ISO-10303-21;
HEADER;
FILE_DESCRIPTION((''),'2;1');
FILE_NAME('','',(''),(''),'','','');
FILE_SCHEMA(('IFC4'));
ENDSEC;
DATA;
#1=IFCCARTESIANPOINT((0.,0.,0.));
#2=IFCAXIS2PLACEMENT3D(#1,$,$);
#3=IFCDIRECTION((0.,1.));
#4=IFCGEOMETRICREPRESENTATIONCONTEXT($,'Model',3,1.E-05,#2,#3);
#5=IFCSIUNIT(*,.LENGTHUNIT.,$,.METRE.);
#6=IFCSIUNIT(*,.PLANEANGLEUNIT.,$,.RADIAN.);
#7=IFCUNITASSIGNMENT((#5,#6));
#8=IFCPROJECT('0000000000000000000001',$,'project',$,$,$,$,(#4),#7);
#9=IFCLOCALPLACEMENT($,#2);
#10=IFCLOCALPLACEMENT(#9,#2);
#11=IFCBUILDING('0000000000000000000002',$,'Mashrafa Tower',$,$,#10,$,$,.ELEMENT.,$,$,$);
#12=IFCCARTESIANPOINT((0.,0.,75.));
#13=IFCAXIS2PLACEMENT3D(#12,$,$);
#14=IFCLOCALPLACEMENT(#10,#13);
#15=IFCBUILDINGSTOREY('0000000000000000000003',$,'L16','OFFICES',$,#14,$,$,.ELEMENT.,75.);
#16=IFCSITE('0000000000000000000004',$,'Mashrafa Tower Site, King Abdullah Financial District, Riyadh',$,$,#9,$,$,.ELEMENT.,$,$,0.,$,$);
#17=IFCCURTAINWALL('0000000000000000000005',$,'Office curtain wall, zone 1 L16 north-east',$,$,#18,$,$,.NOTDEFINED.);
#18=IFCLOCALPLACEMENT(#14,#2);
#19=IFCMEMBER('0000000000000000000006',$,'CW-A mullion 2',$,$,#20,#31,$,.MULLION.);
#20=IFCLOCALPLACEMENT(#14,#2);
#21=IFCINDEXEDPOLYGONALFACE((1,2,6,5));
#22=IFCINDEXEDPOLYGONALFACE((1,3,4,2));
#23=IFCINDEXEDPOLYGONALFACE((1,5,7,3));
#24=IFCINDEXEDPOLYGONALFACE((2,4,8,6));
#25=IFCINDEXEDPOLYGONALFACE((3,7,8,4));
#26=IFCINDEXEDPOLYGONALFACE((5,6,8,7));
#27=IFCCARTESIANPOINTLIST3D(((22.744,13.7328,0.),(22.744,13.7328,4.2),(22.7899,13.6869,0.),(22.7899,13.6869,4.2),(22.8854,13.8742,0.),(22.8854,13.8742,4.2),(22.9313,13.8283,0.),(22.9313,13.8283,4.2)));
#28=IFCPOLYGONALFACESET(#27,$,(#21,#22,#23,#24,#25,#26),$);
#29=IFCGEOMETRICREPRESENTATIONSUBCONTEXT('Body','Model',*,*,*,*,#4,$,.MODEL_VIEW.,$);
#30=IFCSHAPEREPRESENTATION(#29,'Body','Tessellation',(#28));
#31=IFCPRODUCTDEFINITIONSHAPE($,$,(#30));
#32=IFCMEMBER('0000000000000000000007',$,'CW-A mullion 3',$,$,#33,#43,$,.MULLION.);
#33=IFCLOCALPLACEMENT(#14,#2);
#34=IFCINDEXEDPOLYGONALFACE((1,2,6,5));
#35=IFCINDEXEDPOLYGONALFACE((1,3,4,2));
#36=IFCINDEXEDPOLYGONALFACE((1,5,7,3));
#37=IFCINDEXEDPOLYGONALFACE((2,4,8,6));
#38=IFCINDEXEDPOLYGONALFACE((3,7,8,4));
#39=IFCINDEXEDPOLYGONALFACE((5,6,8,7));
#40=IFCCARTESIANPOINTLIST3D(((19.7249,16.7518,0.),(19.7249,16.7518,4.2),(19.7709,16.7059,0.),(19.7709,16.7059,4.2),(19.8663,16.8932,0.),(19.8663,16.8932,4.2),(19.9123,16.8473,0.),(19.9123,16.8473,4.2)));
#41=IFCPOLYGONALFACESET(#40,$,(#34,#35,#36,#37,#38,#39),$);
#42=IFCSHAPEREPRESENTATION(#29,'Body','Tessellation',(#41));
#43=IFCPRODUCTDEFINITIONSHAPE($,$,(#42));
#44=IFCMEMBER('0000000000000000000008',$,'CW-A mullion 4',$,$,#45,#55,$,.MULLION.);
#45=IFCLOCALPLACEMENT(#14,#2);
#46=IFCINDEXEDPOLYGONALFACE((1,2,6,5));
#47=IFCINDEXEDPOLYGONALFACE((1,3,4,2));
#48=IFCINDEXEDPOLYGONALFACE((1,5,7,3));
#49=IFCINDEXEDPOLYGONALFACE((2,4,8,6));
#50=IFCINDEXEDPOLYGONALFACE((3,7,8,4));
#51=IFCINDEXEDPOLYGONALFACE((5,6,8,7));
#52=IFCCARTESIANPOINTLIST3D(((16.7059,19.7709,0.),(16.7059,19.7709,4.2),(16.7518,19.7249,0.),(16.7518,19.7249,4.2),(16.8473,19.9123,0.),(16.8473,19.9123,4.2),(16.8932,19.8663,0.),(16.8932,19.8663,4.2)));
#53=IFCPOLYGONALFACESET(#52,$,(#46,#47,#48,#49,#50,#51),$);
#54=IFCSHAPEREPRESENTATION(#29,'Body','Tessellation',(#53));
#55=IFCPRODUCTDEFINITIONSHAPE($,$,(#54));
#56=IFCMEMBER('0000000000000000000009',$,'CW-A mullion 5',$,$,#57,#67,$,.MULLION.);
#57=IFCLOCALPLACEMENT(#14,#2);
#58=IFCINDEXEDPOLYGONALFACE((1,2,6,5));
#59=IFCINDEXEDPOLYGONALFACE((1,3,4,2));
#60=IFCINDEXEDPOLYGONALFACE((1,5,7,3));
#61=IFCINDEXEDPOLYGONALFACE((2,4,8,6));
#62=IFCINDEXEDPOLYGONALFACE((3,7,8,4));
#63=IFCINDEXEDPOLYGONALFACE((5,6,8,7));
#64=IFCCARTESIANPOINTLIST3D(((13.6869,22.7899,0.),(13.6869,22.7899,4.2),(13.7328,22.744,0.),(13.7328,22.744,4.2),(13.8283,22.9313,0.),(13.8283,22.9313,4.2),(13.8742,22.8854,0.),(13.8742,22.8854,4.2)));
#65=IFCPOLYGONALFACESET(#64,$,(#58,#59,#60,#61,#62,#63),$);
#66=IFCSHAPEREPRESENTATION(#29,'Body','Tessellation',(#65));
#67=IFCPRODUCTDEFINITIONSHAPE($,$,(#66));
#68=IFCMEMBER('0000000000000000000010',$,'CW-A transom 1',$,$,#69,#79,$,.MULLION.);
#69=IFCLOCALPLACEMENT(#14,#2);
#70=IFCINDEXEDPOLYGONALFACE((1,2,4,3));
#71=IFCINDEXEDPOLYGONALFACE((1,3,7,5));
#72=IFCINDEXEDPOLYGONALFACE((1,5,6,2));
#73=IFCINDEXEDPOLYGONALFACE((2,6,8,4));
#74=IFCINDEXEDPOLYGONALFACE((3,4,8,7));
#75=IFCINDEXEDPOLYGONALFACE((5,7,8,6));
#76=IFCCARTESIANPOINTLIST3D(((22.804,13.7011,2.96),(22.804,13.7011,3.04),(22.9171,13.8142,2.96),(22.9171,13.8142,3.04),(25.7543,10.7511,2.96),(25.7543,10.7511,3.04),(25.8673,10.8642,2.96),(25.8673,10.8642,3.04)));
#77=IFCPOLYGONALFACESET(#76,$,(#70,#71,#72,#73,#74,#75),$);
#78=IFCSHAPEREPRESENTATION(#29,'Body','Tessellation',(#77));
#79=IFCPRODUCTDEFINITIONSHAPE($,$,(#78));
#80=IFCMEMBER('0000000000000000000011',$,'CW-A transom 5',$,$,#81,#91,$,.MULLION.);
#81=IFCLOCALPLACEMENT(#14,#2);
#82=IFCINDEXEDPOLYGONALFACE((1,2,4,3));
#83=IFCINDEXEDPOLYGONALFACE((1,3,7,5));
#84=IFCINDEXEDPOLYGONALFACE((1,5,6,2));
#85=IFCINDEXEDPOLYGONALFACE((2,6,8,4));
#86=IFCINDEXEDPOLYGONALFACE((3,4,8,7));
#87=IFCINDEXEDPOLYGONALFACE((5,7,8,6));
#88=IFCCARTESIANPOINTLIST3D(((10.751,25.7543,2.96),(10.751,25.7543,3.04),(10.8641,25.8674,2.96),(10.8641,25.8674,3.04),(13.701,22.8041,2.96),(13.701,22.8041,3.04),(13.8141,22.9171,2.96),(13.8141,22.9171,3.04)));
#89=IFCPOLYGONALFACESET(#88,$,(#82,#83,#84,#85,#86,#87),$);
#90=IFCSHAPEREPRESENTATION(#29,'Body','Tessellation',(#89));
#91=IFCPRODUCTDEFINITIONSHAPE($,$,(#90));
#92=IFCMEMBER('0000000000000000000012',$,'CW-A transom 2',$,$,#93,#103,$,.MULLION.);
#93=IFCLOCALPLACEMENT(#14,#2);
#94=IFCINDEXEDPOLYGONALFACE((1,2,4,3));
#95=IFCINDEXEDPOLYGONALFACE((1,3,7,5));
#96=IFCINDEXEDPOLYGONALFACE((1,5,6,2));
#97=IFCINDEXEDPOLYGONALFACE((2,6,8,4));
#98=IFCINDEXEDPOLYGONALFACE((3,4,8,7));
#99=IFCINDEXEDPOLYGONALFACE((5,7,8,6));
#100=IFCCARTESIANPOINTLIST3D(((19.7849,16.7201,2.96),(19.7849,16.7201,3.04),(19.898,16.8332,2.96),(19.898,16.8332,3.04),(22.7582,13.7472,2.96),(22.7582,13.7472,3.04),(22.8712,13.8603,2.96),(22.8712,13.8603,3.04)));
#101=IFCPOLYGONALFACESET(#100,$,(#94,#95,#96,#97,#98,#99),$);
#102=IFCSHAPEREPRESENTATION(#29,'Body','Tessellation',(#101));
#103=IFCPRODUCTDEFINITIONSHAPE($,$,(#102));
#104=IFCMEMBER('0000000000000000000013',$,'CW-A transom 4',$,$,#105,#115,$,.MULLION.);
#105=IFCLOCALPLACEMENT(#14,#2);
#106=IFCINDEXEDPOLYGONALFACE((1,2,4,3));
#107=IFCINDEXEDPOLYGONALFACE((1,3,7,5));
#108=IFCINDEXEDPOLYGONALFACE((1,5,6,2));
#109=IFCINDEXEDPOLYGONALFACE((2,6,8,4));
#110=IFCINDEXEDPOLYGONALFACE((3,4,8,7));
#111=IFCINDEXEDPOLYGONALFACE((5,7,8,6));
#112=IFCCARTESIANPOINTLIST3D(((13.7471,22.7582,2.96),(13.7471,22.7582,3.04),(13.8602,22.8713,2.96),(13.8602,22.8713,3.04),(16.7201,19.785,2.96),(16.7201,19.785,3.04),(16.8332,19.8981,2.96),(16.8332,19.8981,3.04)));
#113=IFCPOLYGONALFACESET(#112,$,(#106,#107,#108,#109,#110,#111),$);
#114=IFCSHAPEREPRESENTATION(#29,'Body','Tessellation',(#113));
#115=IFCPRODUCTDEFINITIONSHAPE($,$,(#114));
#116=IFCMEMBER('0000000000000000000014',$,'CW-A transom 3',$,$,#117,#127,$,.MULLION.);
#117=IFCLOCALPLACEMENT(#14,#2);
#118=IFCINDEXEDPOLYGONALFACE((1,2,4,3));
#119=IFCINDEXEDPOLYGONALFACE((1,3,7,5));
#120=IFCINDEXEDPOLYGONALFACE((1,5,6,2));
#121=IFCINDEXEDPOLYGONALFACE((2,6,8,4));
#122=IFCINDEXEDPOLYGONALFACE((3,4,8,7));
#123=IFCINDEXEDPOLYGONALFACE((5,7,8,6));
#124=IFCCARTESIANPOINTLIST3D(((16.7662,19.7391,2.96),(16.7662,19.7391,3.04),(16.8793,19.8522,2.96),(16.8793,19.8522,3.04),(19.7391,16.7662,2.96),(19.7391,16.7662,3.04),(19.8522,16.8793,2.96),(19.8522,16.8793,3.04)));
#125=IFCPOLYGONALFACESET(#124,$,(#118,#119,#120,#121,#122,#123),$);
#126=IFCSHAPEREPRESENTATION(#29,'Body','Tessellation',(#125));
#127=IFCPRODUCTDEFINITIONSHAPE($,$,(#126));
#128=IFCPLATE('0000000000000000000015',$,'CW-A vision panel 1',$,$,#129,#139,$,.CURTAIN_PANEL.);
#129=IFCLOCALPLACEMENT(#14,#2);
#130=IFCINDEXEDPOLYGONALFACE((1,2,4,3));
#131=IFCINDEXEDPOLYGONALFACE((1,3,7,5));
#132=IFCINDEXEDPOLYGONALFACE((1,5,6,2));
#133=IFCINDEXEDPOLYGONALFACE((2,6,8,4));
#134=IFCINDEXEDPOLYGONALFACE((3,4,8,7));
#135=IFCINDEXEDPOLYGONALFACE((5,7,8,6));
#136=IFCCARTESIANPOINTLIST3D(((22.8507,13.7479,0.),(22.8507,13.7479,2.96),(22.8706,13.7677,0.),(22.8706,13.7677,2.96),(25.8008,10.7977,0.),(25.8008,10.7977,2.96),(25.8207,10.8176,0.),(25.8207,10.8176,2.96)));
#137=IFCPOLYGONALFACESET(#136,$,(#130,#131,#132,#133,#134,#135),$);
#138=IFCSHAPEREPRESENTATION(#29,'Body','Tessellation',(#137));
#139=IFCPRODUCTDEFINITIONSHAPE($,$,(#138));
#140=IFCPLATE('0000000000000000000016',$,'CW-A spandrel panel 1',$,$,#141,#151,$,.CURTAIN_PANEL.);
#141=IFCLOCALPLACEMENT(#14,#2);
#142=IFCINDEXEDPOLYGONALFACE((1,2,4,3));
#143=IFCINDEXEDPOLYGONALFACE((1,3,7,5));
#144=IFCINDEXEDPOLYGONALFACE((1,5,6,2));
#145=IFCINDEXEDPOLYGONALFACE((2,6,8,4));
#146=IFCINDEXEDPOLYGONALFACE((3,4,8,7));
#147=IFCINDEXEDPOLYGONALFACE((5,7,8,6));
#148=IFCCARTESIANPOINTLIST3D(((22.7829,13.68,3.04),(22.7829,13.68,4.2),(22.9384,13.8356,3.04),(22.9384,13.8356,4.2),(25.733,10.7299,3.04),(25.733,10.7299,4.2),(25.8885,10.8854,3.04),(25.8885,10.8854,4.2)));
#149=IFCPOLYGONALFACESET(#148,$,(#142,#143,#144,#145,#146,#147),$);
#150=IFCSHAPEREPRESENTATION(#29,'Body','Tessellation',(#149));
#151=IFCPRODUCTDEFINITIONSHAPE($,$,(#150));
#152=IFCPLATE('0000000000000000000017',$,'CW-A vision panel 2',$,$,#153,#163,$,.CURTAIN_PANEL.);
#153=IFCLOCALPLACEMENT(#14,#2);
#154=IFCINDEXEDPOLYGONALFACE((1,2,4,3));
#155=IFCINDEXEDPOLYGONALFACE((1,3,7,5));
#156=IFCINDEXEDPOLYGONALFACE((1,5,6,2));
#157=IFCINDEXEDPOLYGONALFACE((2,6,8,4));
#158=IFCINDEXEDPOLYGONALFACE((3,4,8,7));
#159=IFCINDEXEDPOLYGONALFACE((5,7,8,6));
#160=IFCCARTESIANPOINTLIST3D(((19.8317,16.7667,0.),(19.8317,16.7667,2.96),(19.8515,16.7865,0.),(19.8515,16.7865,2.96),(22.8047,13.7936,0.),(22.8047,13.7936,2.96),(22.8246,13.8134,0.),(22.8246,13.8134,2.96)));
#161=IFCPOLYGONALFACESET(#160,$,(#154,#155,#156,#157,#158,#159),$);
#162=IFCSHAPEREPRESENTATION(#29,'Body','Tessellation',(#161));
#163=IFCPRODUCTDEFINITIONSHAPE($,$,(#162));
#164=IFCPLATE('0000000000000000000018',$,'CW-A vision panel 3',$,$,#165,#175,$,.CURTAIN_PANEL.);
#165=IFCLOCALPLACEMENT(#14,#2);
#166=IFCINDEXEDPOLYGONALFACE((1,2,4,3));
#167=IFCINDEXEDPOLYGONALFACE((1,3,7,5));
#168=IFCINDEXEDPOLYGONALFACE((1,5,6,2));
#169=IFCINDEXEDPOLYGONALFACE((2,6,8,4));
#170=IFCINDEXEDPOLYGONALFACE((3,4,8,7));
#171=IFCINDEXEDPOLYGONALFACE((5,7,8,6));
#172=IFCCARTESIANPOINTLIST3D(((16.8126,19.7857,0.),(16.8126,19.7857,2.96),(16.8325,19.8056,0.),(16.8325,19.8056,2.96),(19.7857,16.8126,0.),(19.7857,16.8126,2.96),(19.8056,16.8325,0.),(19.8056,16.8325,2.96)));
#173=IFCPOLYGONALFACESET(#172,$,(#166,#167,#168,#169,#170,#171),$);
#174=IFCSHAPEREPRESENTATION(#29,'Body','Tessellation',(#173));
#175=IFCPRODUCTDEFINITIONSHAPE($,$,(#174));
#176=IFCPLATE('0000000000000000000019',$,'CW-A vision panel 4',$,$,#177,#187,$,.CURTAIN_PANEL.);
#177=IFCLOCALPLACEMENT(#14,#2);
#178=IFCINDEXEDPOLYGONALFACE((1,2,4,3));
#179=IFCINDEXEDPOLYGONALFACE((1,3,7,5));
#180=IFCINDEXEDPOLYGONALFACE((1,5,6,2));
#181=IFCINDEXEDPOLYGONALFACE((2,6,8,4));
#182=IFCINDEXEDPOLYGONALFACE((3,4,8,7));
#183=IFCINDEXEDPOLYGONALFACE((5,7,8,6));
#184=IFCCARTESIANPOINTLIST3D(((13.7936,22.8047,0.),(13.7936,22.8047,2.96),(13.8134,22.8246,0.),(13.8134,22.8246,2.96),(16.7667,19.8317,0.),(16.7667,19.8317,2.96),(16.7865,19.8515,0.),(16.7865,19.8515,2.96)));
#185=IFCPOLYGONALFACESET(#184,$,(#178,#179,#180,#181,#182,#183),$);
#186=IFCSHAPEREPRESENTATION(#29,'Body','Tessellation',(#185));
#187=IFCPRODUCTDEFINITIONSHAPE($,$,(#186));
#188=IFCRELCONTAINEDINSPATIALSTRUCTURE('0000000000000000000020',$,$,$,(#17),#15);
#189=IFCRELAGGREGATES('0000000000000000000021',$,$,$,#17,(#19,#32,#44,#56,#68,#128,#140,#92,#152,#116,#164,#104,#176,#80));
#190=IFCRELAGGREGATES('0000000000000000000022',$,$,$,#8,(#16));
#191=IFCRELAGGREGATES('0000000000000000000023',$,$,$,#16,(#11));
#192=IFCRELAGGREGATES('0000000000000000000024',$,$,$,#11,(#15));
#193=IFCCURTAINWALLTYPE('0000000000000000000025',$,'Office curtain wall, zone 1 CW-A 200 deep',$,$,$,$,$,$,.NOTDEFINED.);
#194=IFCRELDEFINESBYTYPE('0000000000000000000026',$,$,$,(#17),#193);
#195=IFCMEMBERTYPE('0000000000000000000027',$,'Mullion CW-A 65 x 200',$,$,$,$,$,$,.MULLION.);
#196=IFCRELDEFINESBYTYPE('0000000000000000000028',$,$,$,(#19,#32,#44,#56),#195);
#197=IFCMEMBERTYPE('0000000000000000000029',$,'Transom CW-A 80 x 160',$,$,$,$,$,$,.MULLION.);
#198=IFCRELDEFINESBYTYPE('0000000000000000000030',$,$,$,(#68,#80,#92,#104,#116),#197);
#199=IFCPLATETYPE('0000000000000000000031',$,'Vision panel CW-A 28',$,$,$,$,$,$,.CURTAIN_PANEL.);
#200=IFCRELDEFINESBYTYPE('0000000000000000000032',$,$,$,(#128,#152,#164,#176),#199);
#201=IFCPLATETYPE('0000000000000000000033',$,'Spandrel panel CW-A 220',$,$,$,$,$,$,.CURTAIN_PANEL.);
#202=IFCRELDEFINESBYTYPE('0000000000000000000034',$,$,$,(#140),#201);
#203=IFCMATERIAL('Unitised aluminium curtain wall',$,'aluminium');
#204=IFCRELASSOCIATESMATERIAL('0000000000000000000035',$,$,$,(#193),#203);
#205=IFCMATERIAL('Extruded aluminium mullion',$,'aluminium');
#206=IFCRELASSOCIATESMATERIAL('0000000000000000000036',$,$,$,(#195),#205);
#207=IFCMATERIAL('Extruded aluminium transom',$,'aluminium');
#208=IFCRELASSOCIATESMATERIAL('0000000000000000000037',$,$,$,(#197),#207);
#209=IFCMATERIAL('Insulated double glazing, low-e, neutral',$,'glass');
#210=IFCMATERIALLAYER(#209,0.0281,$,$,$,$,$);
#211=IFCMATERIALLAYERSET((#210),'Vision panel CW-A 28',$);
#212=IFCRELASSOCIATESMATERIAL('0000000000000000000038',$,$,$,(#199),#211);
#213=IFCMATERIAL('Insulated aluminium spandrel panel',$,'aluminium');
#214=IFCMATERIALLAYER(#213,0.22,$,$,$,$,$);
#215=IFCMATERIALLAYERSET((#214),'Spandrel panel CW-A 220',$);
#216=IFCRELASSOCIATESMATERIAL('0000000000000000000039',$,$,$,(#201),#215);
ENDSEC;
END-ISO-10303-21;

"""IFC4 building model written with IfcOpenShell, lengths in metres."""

from ifc_helpers import new_model, si_unit, direction, frame, origin, origin_2d, place, context, subcontext, project, spatial, rectangle, extrude, source, transform, mapped, material, layer, layer_set, material_profile, profile_set, type_object, type_shapes, element, aggregate, save


model = new_model("IFC4")

# Units and contexts
model_context = context("Model", 3, precision=1e-05, world=origin(), true_north=direction((0.0, 1.0)))
body_context = subcontext(model_context, "Body", "Model", "MODEL_VIEW")
ifc_project = project(units=[si_unit("LENGTHUNIT", "METRE"), si_unit("PLANEANGLEUNIT", "RADIAN")], contexts=[model_context])

# Site, building, storey
site_placement = place(None, origin())
site = spatial("IfcSite", under=ifc_project, at=site_placement, Name="Mashrafa Tower Site, King Abdullah Financial District, Riyadh", CompositionType="ELEMENT", RefElevation=0.0)
building_placement = place(site_placement, origin())
building = spatial("IfcBuilding", under=site, at=building_placement, Name="Mashrafa Tower", CompositionType="ELEMENT")
storey_placement = place(building_placement, frame((0.0, 0.0, 75.0)))
storey = spatial("IfcBuildingStorey", under=building, at=storey_placement, Name="L16", Description="OFFICES", CompositionType="ELEMENT", Elevation=75.0)

# Shared definitions
ifc_material_1 = material(Name="Unitised aluminium curtain wall", Category="aluminium")
curtain_wall_type = type_object("IfcCurtainWallType", Name="Office curtain wall, zone 1 CW-A 200 deep", PredefinedType="NOTDEFINED", material=ifc_material_1)
ifc_material_2 = material(Name="Extruded aluminium mullion", Category="aluminium")
ifc_material_profile_1 = material_profile(ifc_material_2, rectangle(XDim=0.2, YDim=0.0649, at=origin_2d()), Name="Mullion 65x200")
ifc_profile_set_1 = profile_set([ifc_material_profile_1], Name="Extruded aluminium mullion")
member_type_1 = type_object("IfcMemberType", Name="Mullion CW-A 65 x 200", PredefinedType="MULLION", material=ifc_profile_set_1)
shared_shape_1 = source(origin(), body_context, "Body", "SweptSolid", [
    extrude(rectangle(XDim=0.2, YDim=0.0649, at=origin_2d()), origin(), (0.0, 0.0, 1.0), 4.2),
])
type_shapes(member_type_1, [shared_shape_1])

# Curtain wall, members, plates
curtain_wall_1_placement = place(storey_placement, origin())
curtain_wall_1 = element("IfcCurtainWall", 1, at=curtain_wall_1_placement, inside=storey, type_object=curtain_wall_type, Name="Office curtain wall, zone 1 L16 north-east", PredefinedType="NOTDEFINED")
member_1_placement = place(storey_placement, frame((22.8376, 13.7805, 0.0), z_axis=(0.0, 0.0, 1.0), x_axis=(-0.707107, -0.707107, 0.0)))
member_1 = element("IfcMember", 2, at=member_1_placement, type_object=member_type_1, Name="CW-A mullion 2", PredefinedType="MULLION", context=body_context, shape_type="MappedRepresentation", body=[
    mapped(shared_shape_1, transform((0.0, 0.0, 0.0))),
])
member_2_placement = place(storey_placement, frame((19.8186, 16.7996, 0.0), z_axis=(0.0, 0.0, 1.0), x_axis=(-0.707107, -0.707107, 0.0)))
member_2 = element("IfcMember", 3, at=member_2_placement, type_object=member_type_1, Name="CW-A mullion 3", PredefinedType="MULLION", context=body_context, shape_type="MappedRepresentation", body=[
    mapped(shared_shape_1, transform((0.0, 0.0, 0.0))),
])
member_3_placement = place(storey_placement, frame((16.7996, 19.8186, 0.0), z_axis=(0.0, 0.0, 1.0), x_axis=(-0.707107, -0.707107, 0.0)))
member_3 = element("IfcMember", 4, at=member_3_placement, type_object=member_type_1, Name="CW-A mullion 4", PredefinedType="MULLION", context=body_context, shape_type="MappedRepresentation", body=[
    mapped(shared_shape_1, transform((0.0, 0.0, 0.0))),
])
member_4_placement = place(storey_placement, frame((13.7805, 22.8376, 0.0), z_axis=(0.0, 0.0, 1.0), x_axis=(-0.707107, -0.707107, 0.0)))
member_4 = element("IfcMember", 5, at=member_4_placement, type_object=member_type_1, Name="CW-A mullion 5", PredefinedType="MULLION", context=body_context, shape_type="MappedRepresentation", body=[
    mapped(shared_shape_1, transform((0.0, 0.0, 0.0))),
])
ifc_material_3 = material(Name="Extruded aluminium transom", Category="aluminium")
ifc_material_profile_2 = material_profile(ifc_material_3, rectangle(XDim=0.1599, YDim=0.0801, at=origin_2d()), Name="Transom 80x160")
ifc_profile_set_2 = profile_set([ifc_material_profile_2], Name="Extruded aluminium transom")
member_type_2 = type_object("IfcMemberType", Name="Transom CW-A 80 x 160", PredefinedType="MULLION", material=ifc_profile_set_2)
shared_shape_2 = source(origin(), body_context, "Body", "SweptSolid", [
    extrude(rectangle(XDim=0.1599, YDim=0.0801, at=origin_2d()), origin(), (0.0, 0.0, 1.0), 4.1721),
])
member_5_placement = place(storey_placement, frame((25.8108, 10.8076, 3.0), z_axis=(-0.707136, 0.707078, 0.0), x_axis=(-0.707078, -0.707136, 0.0)))
member_5 = element("IfcMember", 6, at=member_5_placement, type_object=member_type_2, Name="CW-A transom 1", PredefinedType="MULLION", context=body_context, shape_type="MappedRepresentation", body=[
    mapped(shared_shape_2, transform((0.0, 0.0, 0.0))),
])
member_6_placement = place(storey_placement, frame((13.7576, 22.8606, 3.0), z_axis=(-0.707078, 0.707136, 0.0), x_axis=(-0.707136, -0.707078, 0.0)))
member_6 = element("IfcMember", 7, at=member_6_placement, type_object=member_type_2, Name="CW-A transom 5", PredefinedType="MULLION", context=body_context, shape_type="MappedRepresentation", body=[
    mapped(shared_shape_2, transform((0.0, 0.0, 0.0))),
])
shared_shape_3 = source(origin(), body_context, "Body", "SweptSolid", [
    extrude(rectangle(XDim=0.1599, YDim=0.0801, at=origin_2d()), origin(), (0.0, 0.0, 1.0), 4.2046),
])
member_7_placement = place(storey_placement, frame((22.8147, 13.8037, 3.0), z_axis=(-0.707136, 0.707078, 0.0), x_axis=(-0.707078, -0.707136, 0.0)))
member_7 = element("IfcMember", 8, at=member_7_placement, type_object=member_type_2, Name="CW-A transom 2", PredefinedType="MULLION", context=body_context, shape_type="MappedRepresentation", body=[
    mapped(shared_shape_3, transform((0.0, 0.0, 0.0))),
])
member_8_placement = place(storey_placement, frame((16.7766, 19.8416, 3.0), z_axis=(-0.707078, 0.707136, 0.0), x_axis=(-0.707136, -0.707078, 0.0)))
member_8 = element("IfcMember", 9, at=member_8_placement, type_object=member_type_2, Name="CW-A transom 4", PredefinedType="MULLION", context=body_context, shape_type="MappedRepresentation", body=[
    mapped(shared_shape_3, transform((0.0, 0.0, 0.0))),
])
shared_shape_4 = source(origin(), body_context, "Body", "SweptSolid", [
    extrude(rectangle(XDim=0.1599, YDim=0.0801, at=origin_2d()), origin(), (0.0, 0.0, 1.0), 4.2043),
])
type_shapes(member_type_2, [shared_shape_2, shared_shape_3, shared_shape_4])
member_9_placement = place(storey_placement, frame((19.7957, 16.8228, 3.0), z_axis=(-0.707107, 0.707107, 0.0), x_axis=(-0.707107, -0.707107, 0.0)))
member_9 = element("IfcMember", 10, at=member_9_placement, type_object=member_type_2, Name="CW-A transom 3", PredefinedType="MULLION", context=body_context, shape_type="MappedRepresentation", body=[
    mapped(shared_shape_4, transform((0.0, 0.0, 0.0))),
])
ifc_material_4 = material(Name="Insulated double glazing, low-e, neutral", Category="glass")
ifc_layer_1 = layer(ifc_material_4, 0.0281)
ifc_layer_set_1 = layer_set([ifc_layer_1], Name="Vision panel CW-A 28")
plate_type_1 = type_object("IfcPlateType", Name="Vision panel CW-A 28", PredefinedType="CURTAIN_PANEL", material=ifc_layer_set_1)
shared_shape_5 = source(origin(), body_context, "Body", "SweptSolid", [
    extrude(rectangle(XDim=4.1721, YDim=0.0281, at=origin_2d()), origin(), (0.0, 0.0, 1.0), 2.96),
])
plate_1_placement = place(storey_placement, frame((24.3357, 12.2827, 0.0), z_axis=(0.0, 0.0, 1.0), x_axis=(-0.707107, 0.707107, 0.0)))
plate_1 = element("IfcPlate", 11, at=plate_1_placement, type_object=plate_type_1, Name="CW-A vision panel 1", PredefinedType="CURTAIN_PANEL", context=body_context, shape_type="MappedRepresentation", body=[
    mapped(shared_shape_5, transform((0.0, 0.0, 0.0))),
])
ifc_material_5 = material(Name="Insulated aluminium spandrel panel", Category="aluminium")
ifc_layer_2 = layer(ifc_material_5, 0.22)
ifc_layer_set_2 = layer_set([ifc_layer_2], Name="Spandrel panel CW-A 220")
plate_type_2 = type_object("IfcPlateType", Name="Spandrel panel CW-A 220", PredefinedType="CURTAIN_PANEL", material=ifc_layer_set_2)
shared_shape_6 = source(origin(), body_context, "Body", "SweptSolid", [
    extrude(rectangle(XDim=4.1721, YDim=0.22, at=origin_2d()), origin(), (0.0, 0.0, 1.0), 1.1599),
])
plate_2_placement = place(storey_placement, frame((24.3357, 12.2827, 3.04), z_axis=(0.0, 0.0, 1.0), x_axis=(-0.707107, 0.707107, 0.0)))
plate_2 = element("IfcPlate", 12, at=plate_2_placement, type_object=plate_type_2, Name="CW-A spandrel panel 1", PredefinedType="CURTAIN_PANEL", context=body_context, shape_type="MappedRepresentation", body=[
    mapped(shared_shape_6, transform((0.0, 0.0, 0.0))),
])
shared_shape_7 = source(origin(), body_context, "Body", "SweptSolid", [
    extrude(rectangle(XDim=4.2046, YDim=0.0281, at=origin_2d()), origin(), (0.0, 0.0, 1.0), 2.96),
])
type_shapes(plate_type_1, [shared_shape_5, shared_shape_7])
plate_3_placement = place(storey_placement, frame((21.3281, 15.29, 0.0), z_axis=(0.0, 0.0, 1.0), x_axis=(-0.707107, 0.707107, 0.0)))
plate_3 = element("IfcPlate", 13, at=plate_3_placement, type_object=plate_type_1, Name="CW-A vision panel 2", PredefinedType="CURTAIN_PANEL", context=body_context, shape_type="MappedRepresentation", body=[
    mapped(shared_shape_7, transform((0.0, 0.0, 0.0))),
])
plate_4_placement = place(storey_placement, frame((18.3091, 18.3091, 0.0), z_axis=(0.0, 0.0, 1.0), x_axis=(-0.707107, 0.707107, 0.0)))
plate_4 = element("IfcPlate", 14, at=plate_4_placement, type_object=plate_type_1, Name="CW-A vision panel 3", PredefinedType="CURTAIN_PANEL", context=body_context, shape_type="MappedRepresentation", body=[
    mapped(shared_shape_7, transform((0.0, 0.0, 0.0))),
])
plate_5_placement = place(storey_placement, frame((15.29, 21.3281, 0.0), z_axis=(0.0, 0.0, 1.0), x_axis=(-0.707107, 0.707107, 0.0)))
plate_5 = element("IfcPlate", 15, at=plate_5_placement, type_object=plate_type_1, Name="CW-A vision panel 4", PredefinedType="CURTAIN_PANEL", context=body_context, shape_type="MappedRepresentation", body=[
    mapped(shared_shape_7, transform((0.0, 0.0, 0.0))),
])
aggregate(curtain_wall_1, [member_1, member_2, member_3, member_4, member_5, plate_1, plate_2, member_7, plate_3, member_9, plate_4, member_8, plate_5, member_6])

save(model, "model.ifc")
